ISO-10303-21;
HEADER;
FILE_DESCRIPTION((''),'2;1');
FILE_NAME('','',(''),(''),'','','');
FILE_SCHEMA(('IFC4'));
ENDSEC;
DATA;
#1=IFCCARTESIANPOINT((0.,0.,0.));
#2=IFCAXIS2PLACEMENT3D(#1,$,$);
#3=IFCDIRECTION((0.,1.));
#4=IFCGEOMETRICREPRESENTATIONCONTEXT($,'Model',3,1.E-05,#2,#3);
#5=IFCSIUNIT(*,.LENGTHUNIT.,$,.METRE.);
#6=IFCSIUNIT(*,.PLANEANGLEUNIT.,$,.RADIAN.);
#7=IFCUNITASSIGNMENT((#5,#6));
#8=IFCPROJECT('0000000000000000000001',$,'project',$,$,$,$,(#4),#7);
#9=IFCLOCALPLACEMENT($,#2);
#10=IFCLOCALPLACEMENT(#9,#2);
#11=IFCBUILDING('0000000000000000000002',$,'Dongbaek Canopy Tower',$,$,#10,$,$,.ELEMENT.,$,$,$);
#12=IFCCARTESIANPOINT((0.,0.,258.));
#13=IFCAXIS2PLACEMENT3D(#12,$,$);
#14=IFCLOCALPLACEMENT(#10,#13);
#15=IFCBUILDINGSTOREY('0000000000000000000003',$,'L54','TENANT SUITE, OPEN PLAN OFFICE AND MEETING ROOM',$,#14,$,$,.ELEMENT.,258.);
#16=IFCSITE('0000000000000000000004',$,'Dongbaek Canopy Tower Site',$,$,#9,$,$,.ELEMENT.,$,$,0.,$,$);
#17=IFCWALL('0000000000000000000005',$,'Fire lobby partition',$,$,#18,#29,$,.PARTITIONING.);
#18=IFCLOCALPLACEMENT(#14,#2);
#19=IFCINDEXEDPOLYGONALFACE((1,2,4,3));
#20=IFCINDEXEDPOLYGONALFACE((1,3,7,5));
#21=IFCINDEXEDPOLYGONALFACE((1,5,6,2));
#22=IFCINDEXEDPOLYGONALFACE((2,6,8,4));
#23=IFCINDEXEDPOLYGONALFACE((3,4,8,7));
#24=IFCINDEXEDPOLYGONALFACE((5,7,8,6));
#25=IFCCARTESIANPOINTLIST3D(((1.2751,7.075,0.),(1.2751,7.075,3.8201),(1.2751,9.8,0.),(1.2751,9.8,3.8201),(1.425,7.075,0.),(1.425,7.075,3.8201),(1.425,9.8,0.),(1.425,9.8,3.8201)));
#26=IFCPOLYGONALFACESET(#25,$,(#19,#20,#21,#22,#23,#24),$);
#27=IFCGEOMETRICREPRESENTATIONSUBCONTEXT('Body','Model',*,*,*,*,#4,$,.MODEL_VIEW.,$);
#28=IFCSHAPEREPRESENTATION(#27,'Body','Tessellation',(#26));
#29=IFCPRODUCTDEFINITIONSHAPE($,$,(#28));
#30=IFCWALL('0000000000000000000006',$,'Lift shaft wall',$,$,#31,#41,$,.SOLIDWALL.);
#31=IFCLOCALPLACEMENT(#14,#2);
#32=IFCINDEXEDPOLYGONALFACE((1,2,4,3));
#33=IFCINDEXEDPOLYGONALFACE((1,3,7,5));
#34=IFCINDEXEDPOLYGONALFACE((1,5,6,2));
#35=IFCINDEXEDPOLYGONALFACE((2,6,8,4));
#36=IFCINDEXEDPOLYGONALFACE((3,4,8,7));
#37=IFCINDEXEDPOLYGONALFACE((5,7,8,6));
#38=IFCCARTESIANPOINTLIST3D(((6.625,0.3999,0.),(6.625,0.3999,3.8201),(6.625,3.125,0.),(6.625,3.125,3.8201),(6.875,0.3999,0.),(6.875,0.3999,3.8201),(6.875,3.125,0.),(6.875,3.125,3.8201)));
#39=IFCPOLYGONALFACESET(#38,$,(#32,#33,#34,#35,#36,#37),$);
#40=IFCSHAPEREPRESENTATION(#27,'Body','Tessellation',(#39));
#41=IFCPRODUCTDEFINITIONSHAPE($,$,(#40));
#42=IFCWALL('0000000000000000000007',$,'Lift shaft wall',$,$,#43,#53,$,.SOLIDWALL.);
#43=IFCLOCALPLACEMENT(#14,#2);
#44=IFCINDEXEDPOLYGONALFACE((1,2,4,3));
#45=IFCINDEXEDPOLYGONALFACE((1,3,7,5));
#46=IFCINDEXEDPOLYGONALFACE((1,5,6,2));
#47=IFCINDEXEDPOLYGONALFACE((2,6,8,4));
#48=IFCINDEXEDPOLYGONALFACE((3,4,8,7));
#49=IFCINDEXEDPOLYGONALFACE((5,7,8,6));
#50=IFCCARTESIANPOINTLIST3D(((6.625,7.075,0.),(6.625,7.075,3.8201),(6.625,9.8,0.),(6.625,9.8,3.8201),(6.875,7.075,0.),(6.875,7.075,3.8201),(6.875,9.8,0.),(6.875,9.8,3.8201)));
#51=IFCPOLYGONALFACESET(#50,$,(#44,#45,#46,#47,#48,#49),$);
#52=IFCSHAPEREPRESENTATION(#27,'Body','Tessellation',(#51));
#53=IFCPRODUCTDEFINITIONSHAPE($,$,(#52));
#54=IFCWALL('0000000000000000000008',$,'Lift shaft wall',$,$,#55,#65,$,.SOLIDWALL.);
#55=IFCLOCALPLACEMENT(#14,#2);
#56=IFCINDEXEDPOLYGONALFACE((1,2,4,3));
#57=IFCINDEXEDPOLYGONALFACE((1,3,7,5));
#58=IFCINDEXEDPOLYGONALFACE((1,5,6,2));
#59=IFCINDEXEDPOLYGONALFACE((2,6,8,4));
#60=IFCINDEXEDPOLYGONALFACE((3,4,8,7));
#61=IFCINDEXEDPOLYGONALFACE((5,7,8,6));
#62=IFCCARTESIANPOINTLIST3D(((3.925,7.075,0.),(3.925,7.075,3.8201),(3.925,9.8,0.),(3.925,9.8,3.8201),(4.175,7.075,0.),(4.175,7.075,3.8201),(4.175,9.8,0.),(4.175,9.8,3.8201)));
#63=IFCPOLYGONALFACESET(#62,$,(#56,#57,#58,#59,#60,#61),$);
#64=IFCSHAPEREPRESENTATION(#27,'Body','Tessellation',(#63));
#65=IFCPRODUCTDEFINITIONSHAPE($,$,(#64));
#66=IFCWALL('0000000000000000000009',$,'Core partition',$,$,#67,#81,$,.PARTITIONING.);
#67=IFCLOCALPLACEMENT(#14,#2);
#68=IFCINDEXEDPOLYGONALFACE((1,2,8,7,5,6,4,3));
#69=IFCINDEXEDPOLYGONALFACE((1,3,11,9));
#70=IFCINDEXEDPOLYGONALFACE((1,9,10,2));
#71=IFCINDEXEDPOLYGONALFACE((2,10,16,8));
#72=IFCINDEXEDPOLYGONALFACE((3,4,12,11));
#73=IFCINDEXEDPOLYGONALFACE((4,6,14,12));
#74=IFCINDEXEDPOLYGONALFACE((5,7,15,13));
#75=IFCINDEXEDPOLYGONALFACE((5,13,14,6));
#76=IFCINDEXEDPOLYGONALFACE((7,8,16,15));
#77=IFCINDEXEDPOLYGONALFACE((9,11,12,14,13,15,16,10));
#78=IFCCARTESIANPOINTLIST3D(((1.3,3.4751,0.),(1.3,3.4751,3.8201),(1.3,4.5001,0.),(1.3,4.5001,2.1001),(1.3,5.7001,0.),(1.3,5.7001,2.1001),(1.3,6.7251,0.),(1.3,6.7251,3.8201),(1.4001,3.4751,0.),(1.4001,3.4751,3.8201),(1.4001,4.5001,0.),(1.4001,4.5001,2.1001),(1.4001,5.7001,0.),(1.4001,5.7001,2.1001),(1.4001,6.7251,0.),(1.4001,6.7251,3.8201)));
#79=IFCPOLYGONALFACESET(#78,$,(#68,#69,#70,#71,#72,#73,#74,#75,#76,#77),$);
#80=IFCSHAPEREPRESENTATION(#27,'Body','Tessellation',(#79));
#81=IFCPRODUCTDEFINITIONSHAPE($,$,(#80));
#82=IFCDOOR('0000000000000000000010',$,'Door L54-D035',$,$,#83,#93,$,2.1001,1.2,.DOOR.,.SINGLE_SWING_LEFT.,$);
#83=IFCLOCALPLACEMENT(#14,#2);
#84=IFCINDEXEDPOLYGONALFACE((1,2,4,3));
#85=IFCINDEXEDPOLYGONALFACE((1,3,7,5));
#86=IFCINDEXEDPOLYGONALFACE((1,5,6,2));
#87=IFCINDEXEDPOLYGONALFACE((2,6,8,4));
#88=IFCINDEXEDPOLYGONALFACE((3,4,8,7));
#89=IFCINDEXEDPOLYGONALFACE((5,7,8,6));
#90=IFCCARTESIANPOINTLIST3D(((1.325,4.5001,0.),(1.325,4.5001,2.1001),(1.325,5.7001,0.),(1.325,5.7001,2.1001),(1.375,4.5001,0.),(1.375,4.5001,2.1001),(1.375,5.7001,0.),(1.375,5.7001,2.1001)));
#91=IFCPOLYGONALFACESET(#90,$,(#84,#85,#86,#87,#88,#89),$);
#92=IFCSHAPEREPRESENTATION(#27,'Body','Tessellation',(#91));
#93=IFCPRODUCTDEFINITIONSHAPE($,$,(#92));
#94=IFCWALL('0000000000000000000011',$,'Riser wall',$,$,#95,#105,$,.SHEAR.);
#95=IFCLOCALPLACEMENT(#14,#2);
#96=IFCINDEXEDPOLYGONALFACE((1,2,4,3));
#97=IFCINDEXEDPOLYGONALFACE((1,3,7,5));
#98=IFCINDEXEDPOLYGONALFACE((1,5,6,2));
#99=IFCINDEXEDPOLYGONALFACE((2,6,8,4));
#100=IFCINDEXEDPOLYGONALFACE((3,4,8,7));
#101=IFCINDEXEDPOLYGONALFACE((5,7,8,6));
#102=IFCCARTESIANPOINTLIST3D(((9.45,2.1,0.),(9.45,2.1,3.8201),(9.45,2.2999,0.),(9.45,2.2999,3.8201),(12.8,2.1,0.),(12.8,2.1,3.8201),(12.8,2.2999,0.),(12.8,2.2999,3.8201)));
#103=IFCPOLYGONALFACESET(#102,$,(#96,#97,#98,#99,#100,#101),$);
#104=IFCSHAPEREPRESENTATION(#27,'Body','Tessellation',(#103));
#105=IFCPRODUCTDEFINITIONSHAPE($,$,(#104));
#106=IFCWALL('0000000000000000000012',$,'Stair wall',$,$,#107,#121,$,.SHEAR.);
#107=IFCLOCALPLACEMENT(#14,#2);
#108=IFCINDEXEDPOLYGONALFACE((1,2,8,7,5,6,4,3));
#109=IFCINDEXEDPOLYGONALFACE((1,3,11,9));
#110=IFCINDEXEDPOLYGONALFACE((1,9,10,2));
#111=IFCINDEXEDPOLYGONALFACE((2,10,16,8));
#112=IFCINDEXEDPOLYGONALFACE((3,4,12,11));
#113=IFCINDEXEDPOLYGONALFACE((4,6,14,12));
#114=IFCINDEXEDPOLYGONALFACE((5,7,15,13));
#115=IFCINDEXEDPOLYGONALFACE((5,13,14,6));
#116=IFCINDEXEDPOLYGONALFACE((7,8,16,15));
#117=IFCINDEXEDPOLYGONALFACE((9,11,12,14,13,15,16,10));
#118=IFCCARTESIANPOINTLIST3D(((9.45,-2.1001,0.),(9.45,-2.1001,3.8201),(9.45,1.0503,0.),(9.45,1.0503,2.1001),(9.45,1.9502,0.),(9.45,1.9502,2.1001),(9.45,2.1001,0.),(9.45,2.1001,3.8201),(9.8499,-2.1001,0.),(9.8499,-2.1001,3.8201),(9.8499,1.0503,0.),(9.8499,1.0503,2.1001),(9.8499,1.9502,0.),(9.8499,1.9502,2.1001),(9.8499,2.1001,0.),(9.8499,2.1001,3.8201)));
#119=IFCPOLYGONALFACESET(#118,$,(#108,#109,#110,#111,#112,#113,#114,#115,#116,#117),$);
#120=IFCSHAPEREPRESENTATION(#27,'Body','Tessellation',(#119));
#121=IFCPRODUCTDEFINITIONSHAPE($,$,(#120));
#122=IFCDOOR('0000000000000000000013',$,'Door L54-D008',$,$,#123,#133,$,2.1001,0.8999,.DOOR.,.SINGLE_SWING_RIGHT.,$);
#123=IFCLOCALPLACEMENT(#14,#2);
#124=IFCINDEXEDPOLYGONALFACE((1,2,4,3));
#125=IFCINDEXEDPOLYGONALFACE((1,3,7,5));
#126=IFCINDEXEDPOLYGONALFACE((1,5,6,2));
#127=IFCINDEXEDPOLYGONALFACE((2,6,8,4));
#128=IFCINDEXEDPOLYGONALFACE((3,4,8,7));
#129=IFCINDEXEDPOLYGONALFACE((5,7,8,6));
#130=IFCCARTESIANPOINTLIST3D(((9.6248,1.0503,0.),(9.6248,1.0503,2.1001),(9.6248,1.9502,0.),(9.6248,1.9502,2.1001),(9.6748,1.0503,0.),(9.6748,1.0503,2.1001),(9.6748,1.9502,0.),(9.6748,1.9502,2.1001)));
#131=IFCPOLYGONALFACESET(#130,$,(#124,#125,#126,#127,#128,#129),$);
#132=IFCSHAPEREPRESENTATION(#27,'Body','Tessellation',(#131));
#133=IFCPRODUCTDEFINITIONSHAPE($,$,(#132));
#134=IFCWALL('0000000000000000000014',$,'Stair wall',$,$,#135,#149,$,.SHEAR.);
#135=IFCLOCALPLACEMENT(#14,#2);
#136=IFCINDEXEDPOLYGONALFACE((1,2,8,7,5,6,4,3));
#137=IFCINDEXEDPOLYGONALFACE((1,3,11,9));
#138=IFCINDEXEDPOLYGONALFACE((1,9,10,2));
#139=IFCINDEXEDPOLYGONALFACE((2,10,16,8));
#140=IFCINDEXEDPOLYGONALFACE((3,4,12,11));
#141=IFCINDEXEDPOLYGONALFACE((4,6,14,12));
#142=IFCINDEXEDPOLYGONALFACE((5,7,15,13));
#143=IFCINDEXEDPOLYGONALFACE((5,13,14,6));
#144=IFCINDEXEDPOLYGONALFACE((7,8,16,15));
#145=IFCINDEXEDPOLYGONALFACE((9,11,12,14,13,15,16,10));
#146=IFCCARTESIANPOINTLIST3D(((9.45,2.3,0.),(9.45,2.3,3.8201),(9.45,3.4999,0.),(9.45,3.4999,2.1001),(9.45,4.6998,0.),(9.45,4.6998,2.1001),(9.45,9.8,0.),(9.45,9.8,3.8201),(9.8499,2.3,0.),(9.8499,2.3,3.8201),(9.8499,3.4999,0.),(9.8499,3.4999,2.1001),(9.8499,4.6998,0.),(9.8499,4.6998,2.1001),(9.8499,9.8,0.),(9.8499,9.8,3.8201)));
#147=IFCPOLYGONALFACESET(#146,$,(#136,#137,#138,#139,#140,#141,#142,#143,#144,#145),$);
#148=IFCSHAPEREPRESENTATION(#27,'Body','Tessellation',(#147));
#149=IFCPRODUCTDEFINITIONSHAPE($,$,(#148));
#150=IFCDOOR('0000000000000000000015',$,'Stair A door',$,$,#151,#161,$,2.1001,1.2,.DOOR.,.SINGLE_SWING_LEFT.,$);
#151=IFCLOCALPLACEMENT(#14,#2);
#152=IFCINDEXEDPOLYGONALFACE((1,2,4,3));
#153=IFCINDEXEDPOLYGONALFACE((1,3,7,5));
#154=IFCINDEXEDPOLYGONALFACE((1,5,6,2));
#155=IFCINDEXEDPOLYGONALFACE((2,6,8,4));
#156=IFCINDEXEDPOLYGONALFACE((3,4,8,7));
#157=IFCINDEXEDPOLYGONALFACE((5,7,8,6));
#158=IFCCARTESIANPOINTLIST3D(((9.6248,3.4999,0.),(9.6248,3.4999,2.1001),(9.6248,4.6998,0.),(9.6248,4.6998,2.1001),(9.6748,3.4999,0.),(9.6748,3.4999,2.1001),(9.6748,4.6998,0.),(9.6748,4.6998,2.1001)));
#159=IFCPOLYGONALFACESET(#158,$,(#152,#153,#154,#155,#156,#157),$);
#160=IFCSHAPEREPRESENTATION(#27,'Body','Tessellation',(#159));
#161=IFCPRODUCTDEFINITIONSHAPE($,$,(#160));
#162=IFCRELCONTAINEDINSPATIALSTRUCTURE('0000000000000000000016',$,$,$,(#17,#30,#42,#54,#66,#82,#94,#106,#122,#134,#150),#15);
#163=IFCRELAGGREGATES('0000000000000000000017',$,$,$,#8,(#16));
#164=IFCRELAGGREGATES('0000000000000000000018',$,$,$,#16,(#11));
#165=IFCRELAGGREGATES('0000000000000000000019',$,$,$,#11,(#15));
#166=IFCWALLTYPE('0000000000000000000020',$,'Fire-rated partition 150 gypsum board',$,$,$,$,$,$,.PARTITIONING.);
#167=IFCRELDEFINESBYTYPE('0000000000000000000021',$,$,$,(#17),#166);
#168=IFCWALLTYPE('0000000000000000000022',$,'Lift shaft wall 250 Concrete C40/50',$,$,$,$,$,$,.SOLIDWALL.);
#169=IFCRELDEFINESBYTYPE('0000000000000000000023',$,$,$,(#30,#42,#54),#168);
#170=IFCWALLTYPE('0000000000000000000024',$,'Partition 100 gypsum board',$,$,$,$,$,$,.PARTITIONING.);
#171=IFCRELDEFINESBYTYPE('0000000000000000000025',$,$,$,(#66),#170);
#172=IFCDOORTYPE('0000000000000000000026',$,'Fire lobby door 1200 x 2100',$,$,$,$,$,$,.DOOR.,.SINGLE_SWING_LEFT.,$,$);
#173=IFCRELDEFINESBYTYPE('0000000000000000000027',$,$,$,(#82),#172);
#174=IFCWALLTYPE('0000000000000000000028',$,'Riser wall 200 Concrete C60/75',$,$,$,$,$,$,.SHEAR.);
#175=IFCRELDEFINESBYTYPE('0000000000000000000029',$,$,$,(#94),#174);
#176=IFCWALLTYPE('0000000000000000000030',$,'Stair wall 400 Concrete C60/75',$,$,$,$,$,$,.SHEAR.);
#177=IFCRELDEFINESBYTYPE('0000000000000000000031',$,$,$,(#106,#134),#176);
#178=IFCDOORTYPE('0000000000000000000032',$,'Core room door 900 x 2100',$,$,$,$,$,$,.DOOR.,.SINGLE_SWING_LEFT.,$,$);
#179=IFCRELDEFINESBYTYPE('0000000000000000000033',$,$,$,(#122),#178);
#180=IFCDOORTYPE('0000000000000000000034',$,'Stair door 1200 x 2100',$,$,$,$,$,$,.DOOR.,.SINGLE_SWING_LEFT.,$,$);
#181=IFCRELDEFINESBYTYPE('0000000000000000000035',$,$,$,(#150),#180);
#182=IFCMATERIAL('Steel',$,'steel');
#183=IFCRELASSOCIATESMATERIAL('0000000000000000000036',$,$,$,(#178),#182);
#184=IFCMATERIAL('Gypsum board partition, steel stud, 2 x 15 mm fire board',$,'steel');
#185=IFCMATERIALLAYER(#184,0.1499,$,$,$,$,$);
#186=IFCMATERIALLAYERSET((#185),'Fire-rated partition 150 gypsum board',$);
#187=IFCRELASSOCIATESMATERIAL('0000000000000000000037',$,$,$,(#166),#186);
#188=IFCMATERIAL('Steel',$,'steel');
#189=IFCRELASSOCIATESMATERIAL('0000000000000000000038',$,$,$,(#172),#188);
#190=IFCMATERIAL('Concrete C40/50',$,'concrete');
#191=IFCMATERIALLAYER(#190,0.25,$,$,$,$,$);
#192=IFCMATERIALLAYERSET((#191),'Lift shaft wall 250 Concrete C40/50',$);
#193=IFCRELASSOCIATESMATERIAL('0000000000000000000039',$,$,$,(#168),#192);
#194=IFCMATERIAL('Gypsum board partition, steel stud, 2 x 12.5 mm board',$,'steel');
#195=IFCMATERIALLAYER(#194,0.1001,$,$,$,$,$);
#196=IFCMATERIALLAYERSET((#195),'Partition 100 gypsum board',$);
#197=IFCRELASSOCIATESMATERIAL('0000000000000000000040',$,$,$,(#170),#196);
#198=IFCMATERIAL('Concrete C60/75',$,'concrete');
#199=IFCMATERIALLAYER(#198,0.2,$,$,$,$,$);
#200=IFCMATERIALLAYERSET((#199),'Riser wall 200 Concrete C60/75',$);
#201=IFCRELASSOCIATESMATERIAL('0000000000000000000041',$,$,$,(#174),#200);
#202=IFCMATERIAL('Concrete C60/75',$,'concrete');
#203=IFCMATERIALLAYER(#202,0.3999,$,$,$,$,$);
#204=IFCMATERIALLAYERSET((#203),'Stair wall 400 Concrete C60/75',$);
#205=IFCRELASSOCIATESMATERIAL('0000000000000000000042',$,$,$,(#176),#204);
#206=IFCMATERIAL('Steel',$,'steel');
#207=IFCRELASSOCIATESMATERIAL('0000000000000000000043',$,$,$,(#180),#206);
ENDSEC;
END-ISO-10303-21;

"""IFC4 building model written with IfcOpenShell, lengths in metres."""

from ifc_helpers import new_model, si_unit, direction, frame, frame_2d, origin, place, context, subcontext, project, spatial, rectangle, extrude, material, layer, layer_set, type_object, element, fill, save


model = new_model("IFC4")

# Units and contexts
model_context = context("Model", 3, precision=1e-05, world=origin(), true_north=direction((0.0, 1.0)))
body_context = subcontext(model_context, "Body", "Model", "MODEL_VIEW")
ifc_project = project(units=[si_unit("LENGTHUNIT", "METRE"), si_unit("PLANEANGLEUNIT", "RADIAN")], contexts=[model_context])

# Site, building, storey
site_placement = place(None, origin())
site = spatial("IfcSite", under=ifc_project, at=site_placement, Name="Dongbaek Canopy Tower Site", CompositionType="ELEMENT", RefElevation=0.0)
building_placement = place(site_placement, origin())
building = spatial("IfcBuilding", under=site, at=building_placement, Name="Dongbaek Canopy Tower", CompositionType="ELEMENT")
storey_placement = place(building_placement, frame((0.0, 0.0, 258.0)))
storey = spatial("IfcBuildingStorey", under=building, at=storey_placement, Name="L54", Description="TENANT SUITE, OPEN PLAN OFFICE AND MEETING ROOM", CompositionType="ELEMENT", Elevation=258.0)

# Shared definitions
ifc_material_1 = material(Name="Steel", Category="steel")
door_type_1 = type_object("IfcDoorType", Name="Core room door 900 x 2100", OperationType="SINGLE_SWING_LEFT", PredefinedType="DOOR", material=ifc_material_1)

# Shared definitions
ifc_material_2 = material(Name="Gypsum board partition, steel stud, 2 x 15 mm fire board", Category="steel")
ifc_layer_1 = layer(ifc_material_2, 0.1499)
ifc_layer_set_1 = layer_set([ifc_layer_1], Name="Fire-rated partition 150 gypsum board")
wall_type_1 = type_object("IfcWallType", Name="Fire-rated partition 150 gypsum board", PredefinedType="PARTITIONING", material=ifc_layer_set_1)
ifc_material_3 = material(Name="Steel", Category="steel")
door_type_2 = type_object("IfcDoorType", Name="Fire lobby door 1200 x 2100", OperationType="SINGLE_SWING_LEFT", PredefinedType="DOOR", material=ifc_material_3)

# Walls
wall_1_placement = place(storey_placement, frame((1.3501, 7.075, 0.0), z_axis=(0.0, 0.0, 1.0), x_axis=(0.0, 1.0, 0.0)))
element("IfcWall", 1, at=wall_1_placement, inside=storey, type_object=wall_type_1, Name="Fire lobby partition", PredefinedType="PARTITIONING", context=body_context, shape_type="SweptSolid", body=[
    extrude(rectangle(XDim=2.7251, YDim=0.1499, at=frame_2d((1.3625, 0.0))), origin(), (0.0, 0.0, 1.0), 3.8201),
])
ifc_material_4 = material(Name="Concrete C40/50", Category="concrete")
ifc_layer_2 = layer(ifc_material_4, 0.25)
ifc_layer_set_2 = layer_set([ifc_layer_2], Name="Lift shaft wall 250 Concrete C40/50")
wall_type_2 = type_object("IfcWallType", Name="Lift shaft wall 250 Concrete C40/50", PredefinedType="SOLIDWALL", material=ifc_layer_set_2)
for number, where, z_axis, x_axis, name in (
    (2, (6.75, 0.3999, 0.0), (0.0, 0.0, 1.0), (0.0, 1.0, 0.0), "Lift shaft wall"),
    (3, (6.75, 7.075, 0.0), (0.0, 0.0, 1.0), (0.0, 1.0, 0.0), "Lift shaft wall"),
    (4, (4.05, 7.075, 0.0), (0.0, 0.0, 1.0), (0.0, 1.0, 0.0), "Lift shaft wall"),
):
    element("IfcWall", number, at=place(storey_placement, frame(where, z_axis=z_axis, x_axis=x_axis)), inside=storey, type_object=wall_type_2, Name=name, PredefinedType="SOLIDWALL", context=body_context, shape_type="SweptSolid", body=[
        extrude(rectangle(XDim=2.7251, YDim=0.25, at=frame_2d((1.3625, 0.0))), origin(), (0.0, 0.0, 1.0), 3.8201),
    ])

# Wall, opening, door
ifc_material_5 = material(Name="Gypsum board partition, steel stud, 2 x 12.5 mm board", Category="steel")
ifc_layer_3 = layer(ifc_material_5, 0.1001)
ifc_layer_set_3 = layer_set([ifc_layer_3], Name="Partition 100 gypsum board")
wall_type_3 = type_object("IfcWallType", Name="Partition 100 gypsum board", PredefinedType="PARTITIONING", material=ifc_layer_set_3)
wall_2_placement = place(storey_placement, frame((1.3501, 6.7251, 0.0), z_axis=(0.0, 0.0, 1.0), x_axis=(0.0, -1.0, 0.0)))
wall_2 = element("IfcWall", 5, at=wall_2_placement, inside=storey, type_object=wall_type_3, Name="Core partition", PredefinedType="PARTITIONING", context=body_context, shape_type="SweptSolid", body=[
    extrude(rectangle(XDim=3.25, YDim=0.1001, at=frame_2d((1.625, 0.0))), origin(), (0.0, 0.0, 1.0), 3.8201),
])
opening_1_placement = place(wall_2_placement, frame((1.0249, 0.0, 0.0)))
opening_1 = element("IfcOpeningElement", 6, at=opening_1_placement, cuts=wall_2, PredefinedType="OPENING", context=body_context, shape_type="SweptSolid", body=[
    extrude(rectangle(XDim=1.2, YDim=2.1001, at=frame_2d((0.6001, 1.05))), frame((0.0, 0.0601, 0.0), z_axis=(0.0, -1.0, 0.0), x_axis=(1.0, 0.0, 0.0)), (0.0, 0.0, 1.0), 0.1201),
])
door_1_placement = place(opening_1_placement, origin())
door_1 = element("IfcDoor", 7, at=door_1_placement, inside=storey, type_object=door_type_2, Name="Door L54-D035", OperationType="SINGLE_SWING_LEFT", OverallHeight=2.1001, OverallWidth=1.2, PredefinedType="DOOR", context=body_context, shape_type="SweptSolid", body=[
    extrude(rectangle(XDim=1.2, YDim=2.1001, at=frame_2d((0.6001, 1.05))), frame((0.0, 0.0249, 0.0), z_axis=(0.0, -1.0, 0.0), x_axis=(1.0, 0.0, 0.0)), (0.0, 0.0, 1.0), 0.05),
])
fill(opening_1, door_1)

# Wall
ifc_material_6 = material(Name="Concrete C60/75", Category="concrete")
ifc_layer_4 = layer(ifc_material_6, 0.2)
ifc_layer_set_4 = layer_set([ifc_layer_4], Name="Riser wall 200 Concrete C60/75")
wall_type_4 = type_object("IfcWallType", Name="Riser wall 200 Concrete C60/75", PredefinedType="SHEAR", material=ifc_layer_set_4)
wall_3_placement = place(storey_placement, frame((9.45, 2.2, 0.0), z_axis=(0.0, 0.0, 1.0), x_axis=(1.0, 0.0, 0.0)))
element("IfcWall", 8, at=wall_3_placement, inside=storey, type_object=wall_type_4, Name="Riser wall", PredefinedType="SHEAR", context=body_context, shape_type="SweptSolid", body=[
    extrude(rectangle(XDim=3.3501, YDim=0.2, at=frame_2d((1.675, 0.0))), origin(), (0.0, 0.0, 1.0), 3.8201),
])

# Walls, openings, doors
ifc_material_7 = material(Name="Concrete C60/75", Category="concrete")
ifc_layer_5 = layer(ifc_material_7, 0.3999)
ifc_layer_set_5 = layer_set([ifc_layer_5], Name="Stair wall 400 Concrete C60/75")
wall_type_5 = type_object("IfcWallType", Name="Stair wall 400 Concrete C60/75", PredefinedType="SHEAR", material=ifc_layer_set_5)
wall_4_placement = place(storey_placement, frame((9.6499, 2.1001, 0.0), z_axis=(0.0, 0.0, 1.0), x_axis=(0.0, -1.0, 0.0)))
wall_4 = element("IfcWall", 9, at=wall_4_placement, inside=storey, type_object=wall_type_5, Name="Stair wall", PredefinedType="SHEAR", context=body_context, shape_type="SweptSolid", body=[
    extrude(rectangle(XDim=4.2002, YDim=0.3999, at=frame_2d((2.1001, 0.0))), origin(), (0.0, 0.0, 1.0), 3.8201),
])
opening_2_placement = place(wall_4_placement, frame((0.1499, 0.0, 0.0)))
opening_2 = element("IfcOpeningElement", 10, at=opening_2_placement, cuts=wall_4, PredefinedType="OPENING", context=body_context, shape_type="SweptSolid", body=[
    extrude(rectangle(XDim=0.8999, YDim=2.1001, at=frame_2d((0.45, 1.05))), frame((0.0, 0.21, 0.0), z_axis=(0.0, -1.0, 0.0), x_axis=(1.0, 0.0, 0.0)), (0.0, 0.0, 1.0), 0.4199),
])
door_2_placement = place(opening_2_placement, origin())
door_2 = element("IfcDoor", 11, at=door_2_placement, inside=storey, type_object=door_type_1, Name="Door L54-D008", OperationType="SINGLE_SWING_RIGHT", OverallHeight=2.1001, OverallWidth=0.8999, PredefinedType="DOOR", context=body_context, shape_type="SweptSolid", body=[
    extrude(rectangle(XDim=0.8999, YDim=2.1001, at=frame_2d((0.45, 1.05))), frame((0.0, 0.0249, 0.0), z_axis=(0.0, -1.0, 0.0), x_axis=(1.0, 0.0, 0.0)), (0.0, 0.0, 1.0), 0.05),
])
fill(opening_2, door_2)
wall_5_placement = place(storey_placement, frame((9.6499, 9.8, 0.0), z_axis=(0.0, 0.0, 1.0), x_axis=(0.0, -1.0, 0.0)))
wall_5 = element("IfcWall", 12, at=wall_5_placement, inside=storey, type_object=wall_type_5, Name="Stair wall", PredefinedType="SHEAR", context=body_context, shape_type="SweptSolid", body=[
    extrude(rectangle(XDim=7.5, YDim=0.3999, at=frame_2d((3.75, 0.0))), origin(), (0.0, 0.0, 1.0), 3.8201),
])
opening_3_placement = place(wall_5_placement, frame((5.1001, 0.0, 0.0)))
opening_3 = element("IfcOpeningElement", 13, at=opening_3_placement, cuts=wall_5, PredefinedType="OPENING", context=body_context, shape_type="SweptSolid", body=[
    extrude(rectangle(XDim=1.2, YDim=2.1001, at=frame_2d((0.6001, 1.05))), frame((0.0, 0.21, 0.0), z_axis=(0.0, -1.0, 0.0), x_axis=(1.0, 0.0, 0.0)), (0.0, 0.0, 1.0), 0.4199),
])
ifc_material_8 = material(Name="Steel", Category="steel")
door_type_3 = type_object("IfcDoorType", Name="Stair door 1200 x 2100", OperationType="SINGLE_SWING_LEFT", PredefinedType="DOOR", material=ifc_material_8)
door_3_placement = place(opening_3_placement, origin())
door_3 = element("IfcDoor", 14, at=door_3_placement, inside=storey, type_object=door_type_3, Name="Stair A door", OperationType="SINGLE_SWING_LEFT", OverallHeight=2.1001, OverallWidth=1.2, PredefinedType="DOOR", context=body_context, shape_type="SweptSolid", body=[
    extrude(rectangle(XDim=1.2, YDim=2.1001, at=frame_2d((0.6001, 1.05))), frame((0.0, 0.0249, 0.0), z_axis=(0.0, -1.0, 0.0), x_axis=(1.0, 0.0, 0.0)), (0.0, 0.0, 1.0), 0.05),
])
fill(opening_3, door_3)

save(model, "model.ifc")
